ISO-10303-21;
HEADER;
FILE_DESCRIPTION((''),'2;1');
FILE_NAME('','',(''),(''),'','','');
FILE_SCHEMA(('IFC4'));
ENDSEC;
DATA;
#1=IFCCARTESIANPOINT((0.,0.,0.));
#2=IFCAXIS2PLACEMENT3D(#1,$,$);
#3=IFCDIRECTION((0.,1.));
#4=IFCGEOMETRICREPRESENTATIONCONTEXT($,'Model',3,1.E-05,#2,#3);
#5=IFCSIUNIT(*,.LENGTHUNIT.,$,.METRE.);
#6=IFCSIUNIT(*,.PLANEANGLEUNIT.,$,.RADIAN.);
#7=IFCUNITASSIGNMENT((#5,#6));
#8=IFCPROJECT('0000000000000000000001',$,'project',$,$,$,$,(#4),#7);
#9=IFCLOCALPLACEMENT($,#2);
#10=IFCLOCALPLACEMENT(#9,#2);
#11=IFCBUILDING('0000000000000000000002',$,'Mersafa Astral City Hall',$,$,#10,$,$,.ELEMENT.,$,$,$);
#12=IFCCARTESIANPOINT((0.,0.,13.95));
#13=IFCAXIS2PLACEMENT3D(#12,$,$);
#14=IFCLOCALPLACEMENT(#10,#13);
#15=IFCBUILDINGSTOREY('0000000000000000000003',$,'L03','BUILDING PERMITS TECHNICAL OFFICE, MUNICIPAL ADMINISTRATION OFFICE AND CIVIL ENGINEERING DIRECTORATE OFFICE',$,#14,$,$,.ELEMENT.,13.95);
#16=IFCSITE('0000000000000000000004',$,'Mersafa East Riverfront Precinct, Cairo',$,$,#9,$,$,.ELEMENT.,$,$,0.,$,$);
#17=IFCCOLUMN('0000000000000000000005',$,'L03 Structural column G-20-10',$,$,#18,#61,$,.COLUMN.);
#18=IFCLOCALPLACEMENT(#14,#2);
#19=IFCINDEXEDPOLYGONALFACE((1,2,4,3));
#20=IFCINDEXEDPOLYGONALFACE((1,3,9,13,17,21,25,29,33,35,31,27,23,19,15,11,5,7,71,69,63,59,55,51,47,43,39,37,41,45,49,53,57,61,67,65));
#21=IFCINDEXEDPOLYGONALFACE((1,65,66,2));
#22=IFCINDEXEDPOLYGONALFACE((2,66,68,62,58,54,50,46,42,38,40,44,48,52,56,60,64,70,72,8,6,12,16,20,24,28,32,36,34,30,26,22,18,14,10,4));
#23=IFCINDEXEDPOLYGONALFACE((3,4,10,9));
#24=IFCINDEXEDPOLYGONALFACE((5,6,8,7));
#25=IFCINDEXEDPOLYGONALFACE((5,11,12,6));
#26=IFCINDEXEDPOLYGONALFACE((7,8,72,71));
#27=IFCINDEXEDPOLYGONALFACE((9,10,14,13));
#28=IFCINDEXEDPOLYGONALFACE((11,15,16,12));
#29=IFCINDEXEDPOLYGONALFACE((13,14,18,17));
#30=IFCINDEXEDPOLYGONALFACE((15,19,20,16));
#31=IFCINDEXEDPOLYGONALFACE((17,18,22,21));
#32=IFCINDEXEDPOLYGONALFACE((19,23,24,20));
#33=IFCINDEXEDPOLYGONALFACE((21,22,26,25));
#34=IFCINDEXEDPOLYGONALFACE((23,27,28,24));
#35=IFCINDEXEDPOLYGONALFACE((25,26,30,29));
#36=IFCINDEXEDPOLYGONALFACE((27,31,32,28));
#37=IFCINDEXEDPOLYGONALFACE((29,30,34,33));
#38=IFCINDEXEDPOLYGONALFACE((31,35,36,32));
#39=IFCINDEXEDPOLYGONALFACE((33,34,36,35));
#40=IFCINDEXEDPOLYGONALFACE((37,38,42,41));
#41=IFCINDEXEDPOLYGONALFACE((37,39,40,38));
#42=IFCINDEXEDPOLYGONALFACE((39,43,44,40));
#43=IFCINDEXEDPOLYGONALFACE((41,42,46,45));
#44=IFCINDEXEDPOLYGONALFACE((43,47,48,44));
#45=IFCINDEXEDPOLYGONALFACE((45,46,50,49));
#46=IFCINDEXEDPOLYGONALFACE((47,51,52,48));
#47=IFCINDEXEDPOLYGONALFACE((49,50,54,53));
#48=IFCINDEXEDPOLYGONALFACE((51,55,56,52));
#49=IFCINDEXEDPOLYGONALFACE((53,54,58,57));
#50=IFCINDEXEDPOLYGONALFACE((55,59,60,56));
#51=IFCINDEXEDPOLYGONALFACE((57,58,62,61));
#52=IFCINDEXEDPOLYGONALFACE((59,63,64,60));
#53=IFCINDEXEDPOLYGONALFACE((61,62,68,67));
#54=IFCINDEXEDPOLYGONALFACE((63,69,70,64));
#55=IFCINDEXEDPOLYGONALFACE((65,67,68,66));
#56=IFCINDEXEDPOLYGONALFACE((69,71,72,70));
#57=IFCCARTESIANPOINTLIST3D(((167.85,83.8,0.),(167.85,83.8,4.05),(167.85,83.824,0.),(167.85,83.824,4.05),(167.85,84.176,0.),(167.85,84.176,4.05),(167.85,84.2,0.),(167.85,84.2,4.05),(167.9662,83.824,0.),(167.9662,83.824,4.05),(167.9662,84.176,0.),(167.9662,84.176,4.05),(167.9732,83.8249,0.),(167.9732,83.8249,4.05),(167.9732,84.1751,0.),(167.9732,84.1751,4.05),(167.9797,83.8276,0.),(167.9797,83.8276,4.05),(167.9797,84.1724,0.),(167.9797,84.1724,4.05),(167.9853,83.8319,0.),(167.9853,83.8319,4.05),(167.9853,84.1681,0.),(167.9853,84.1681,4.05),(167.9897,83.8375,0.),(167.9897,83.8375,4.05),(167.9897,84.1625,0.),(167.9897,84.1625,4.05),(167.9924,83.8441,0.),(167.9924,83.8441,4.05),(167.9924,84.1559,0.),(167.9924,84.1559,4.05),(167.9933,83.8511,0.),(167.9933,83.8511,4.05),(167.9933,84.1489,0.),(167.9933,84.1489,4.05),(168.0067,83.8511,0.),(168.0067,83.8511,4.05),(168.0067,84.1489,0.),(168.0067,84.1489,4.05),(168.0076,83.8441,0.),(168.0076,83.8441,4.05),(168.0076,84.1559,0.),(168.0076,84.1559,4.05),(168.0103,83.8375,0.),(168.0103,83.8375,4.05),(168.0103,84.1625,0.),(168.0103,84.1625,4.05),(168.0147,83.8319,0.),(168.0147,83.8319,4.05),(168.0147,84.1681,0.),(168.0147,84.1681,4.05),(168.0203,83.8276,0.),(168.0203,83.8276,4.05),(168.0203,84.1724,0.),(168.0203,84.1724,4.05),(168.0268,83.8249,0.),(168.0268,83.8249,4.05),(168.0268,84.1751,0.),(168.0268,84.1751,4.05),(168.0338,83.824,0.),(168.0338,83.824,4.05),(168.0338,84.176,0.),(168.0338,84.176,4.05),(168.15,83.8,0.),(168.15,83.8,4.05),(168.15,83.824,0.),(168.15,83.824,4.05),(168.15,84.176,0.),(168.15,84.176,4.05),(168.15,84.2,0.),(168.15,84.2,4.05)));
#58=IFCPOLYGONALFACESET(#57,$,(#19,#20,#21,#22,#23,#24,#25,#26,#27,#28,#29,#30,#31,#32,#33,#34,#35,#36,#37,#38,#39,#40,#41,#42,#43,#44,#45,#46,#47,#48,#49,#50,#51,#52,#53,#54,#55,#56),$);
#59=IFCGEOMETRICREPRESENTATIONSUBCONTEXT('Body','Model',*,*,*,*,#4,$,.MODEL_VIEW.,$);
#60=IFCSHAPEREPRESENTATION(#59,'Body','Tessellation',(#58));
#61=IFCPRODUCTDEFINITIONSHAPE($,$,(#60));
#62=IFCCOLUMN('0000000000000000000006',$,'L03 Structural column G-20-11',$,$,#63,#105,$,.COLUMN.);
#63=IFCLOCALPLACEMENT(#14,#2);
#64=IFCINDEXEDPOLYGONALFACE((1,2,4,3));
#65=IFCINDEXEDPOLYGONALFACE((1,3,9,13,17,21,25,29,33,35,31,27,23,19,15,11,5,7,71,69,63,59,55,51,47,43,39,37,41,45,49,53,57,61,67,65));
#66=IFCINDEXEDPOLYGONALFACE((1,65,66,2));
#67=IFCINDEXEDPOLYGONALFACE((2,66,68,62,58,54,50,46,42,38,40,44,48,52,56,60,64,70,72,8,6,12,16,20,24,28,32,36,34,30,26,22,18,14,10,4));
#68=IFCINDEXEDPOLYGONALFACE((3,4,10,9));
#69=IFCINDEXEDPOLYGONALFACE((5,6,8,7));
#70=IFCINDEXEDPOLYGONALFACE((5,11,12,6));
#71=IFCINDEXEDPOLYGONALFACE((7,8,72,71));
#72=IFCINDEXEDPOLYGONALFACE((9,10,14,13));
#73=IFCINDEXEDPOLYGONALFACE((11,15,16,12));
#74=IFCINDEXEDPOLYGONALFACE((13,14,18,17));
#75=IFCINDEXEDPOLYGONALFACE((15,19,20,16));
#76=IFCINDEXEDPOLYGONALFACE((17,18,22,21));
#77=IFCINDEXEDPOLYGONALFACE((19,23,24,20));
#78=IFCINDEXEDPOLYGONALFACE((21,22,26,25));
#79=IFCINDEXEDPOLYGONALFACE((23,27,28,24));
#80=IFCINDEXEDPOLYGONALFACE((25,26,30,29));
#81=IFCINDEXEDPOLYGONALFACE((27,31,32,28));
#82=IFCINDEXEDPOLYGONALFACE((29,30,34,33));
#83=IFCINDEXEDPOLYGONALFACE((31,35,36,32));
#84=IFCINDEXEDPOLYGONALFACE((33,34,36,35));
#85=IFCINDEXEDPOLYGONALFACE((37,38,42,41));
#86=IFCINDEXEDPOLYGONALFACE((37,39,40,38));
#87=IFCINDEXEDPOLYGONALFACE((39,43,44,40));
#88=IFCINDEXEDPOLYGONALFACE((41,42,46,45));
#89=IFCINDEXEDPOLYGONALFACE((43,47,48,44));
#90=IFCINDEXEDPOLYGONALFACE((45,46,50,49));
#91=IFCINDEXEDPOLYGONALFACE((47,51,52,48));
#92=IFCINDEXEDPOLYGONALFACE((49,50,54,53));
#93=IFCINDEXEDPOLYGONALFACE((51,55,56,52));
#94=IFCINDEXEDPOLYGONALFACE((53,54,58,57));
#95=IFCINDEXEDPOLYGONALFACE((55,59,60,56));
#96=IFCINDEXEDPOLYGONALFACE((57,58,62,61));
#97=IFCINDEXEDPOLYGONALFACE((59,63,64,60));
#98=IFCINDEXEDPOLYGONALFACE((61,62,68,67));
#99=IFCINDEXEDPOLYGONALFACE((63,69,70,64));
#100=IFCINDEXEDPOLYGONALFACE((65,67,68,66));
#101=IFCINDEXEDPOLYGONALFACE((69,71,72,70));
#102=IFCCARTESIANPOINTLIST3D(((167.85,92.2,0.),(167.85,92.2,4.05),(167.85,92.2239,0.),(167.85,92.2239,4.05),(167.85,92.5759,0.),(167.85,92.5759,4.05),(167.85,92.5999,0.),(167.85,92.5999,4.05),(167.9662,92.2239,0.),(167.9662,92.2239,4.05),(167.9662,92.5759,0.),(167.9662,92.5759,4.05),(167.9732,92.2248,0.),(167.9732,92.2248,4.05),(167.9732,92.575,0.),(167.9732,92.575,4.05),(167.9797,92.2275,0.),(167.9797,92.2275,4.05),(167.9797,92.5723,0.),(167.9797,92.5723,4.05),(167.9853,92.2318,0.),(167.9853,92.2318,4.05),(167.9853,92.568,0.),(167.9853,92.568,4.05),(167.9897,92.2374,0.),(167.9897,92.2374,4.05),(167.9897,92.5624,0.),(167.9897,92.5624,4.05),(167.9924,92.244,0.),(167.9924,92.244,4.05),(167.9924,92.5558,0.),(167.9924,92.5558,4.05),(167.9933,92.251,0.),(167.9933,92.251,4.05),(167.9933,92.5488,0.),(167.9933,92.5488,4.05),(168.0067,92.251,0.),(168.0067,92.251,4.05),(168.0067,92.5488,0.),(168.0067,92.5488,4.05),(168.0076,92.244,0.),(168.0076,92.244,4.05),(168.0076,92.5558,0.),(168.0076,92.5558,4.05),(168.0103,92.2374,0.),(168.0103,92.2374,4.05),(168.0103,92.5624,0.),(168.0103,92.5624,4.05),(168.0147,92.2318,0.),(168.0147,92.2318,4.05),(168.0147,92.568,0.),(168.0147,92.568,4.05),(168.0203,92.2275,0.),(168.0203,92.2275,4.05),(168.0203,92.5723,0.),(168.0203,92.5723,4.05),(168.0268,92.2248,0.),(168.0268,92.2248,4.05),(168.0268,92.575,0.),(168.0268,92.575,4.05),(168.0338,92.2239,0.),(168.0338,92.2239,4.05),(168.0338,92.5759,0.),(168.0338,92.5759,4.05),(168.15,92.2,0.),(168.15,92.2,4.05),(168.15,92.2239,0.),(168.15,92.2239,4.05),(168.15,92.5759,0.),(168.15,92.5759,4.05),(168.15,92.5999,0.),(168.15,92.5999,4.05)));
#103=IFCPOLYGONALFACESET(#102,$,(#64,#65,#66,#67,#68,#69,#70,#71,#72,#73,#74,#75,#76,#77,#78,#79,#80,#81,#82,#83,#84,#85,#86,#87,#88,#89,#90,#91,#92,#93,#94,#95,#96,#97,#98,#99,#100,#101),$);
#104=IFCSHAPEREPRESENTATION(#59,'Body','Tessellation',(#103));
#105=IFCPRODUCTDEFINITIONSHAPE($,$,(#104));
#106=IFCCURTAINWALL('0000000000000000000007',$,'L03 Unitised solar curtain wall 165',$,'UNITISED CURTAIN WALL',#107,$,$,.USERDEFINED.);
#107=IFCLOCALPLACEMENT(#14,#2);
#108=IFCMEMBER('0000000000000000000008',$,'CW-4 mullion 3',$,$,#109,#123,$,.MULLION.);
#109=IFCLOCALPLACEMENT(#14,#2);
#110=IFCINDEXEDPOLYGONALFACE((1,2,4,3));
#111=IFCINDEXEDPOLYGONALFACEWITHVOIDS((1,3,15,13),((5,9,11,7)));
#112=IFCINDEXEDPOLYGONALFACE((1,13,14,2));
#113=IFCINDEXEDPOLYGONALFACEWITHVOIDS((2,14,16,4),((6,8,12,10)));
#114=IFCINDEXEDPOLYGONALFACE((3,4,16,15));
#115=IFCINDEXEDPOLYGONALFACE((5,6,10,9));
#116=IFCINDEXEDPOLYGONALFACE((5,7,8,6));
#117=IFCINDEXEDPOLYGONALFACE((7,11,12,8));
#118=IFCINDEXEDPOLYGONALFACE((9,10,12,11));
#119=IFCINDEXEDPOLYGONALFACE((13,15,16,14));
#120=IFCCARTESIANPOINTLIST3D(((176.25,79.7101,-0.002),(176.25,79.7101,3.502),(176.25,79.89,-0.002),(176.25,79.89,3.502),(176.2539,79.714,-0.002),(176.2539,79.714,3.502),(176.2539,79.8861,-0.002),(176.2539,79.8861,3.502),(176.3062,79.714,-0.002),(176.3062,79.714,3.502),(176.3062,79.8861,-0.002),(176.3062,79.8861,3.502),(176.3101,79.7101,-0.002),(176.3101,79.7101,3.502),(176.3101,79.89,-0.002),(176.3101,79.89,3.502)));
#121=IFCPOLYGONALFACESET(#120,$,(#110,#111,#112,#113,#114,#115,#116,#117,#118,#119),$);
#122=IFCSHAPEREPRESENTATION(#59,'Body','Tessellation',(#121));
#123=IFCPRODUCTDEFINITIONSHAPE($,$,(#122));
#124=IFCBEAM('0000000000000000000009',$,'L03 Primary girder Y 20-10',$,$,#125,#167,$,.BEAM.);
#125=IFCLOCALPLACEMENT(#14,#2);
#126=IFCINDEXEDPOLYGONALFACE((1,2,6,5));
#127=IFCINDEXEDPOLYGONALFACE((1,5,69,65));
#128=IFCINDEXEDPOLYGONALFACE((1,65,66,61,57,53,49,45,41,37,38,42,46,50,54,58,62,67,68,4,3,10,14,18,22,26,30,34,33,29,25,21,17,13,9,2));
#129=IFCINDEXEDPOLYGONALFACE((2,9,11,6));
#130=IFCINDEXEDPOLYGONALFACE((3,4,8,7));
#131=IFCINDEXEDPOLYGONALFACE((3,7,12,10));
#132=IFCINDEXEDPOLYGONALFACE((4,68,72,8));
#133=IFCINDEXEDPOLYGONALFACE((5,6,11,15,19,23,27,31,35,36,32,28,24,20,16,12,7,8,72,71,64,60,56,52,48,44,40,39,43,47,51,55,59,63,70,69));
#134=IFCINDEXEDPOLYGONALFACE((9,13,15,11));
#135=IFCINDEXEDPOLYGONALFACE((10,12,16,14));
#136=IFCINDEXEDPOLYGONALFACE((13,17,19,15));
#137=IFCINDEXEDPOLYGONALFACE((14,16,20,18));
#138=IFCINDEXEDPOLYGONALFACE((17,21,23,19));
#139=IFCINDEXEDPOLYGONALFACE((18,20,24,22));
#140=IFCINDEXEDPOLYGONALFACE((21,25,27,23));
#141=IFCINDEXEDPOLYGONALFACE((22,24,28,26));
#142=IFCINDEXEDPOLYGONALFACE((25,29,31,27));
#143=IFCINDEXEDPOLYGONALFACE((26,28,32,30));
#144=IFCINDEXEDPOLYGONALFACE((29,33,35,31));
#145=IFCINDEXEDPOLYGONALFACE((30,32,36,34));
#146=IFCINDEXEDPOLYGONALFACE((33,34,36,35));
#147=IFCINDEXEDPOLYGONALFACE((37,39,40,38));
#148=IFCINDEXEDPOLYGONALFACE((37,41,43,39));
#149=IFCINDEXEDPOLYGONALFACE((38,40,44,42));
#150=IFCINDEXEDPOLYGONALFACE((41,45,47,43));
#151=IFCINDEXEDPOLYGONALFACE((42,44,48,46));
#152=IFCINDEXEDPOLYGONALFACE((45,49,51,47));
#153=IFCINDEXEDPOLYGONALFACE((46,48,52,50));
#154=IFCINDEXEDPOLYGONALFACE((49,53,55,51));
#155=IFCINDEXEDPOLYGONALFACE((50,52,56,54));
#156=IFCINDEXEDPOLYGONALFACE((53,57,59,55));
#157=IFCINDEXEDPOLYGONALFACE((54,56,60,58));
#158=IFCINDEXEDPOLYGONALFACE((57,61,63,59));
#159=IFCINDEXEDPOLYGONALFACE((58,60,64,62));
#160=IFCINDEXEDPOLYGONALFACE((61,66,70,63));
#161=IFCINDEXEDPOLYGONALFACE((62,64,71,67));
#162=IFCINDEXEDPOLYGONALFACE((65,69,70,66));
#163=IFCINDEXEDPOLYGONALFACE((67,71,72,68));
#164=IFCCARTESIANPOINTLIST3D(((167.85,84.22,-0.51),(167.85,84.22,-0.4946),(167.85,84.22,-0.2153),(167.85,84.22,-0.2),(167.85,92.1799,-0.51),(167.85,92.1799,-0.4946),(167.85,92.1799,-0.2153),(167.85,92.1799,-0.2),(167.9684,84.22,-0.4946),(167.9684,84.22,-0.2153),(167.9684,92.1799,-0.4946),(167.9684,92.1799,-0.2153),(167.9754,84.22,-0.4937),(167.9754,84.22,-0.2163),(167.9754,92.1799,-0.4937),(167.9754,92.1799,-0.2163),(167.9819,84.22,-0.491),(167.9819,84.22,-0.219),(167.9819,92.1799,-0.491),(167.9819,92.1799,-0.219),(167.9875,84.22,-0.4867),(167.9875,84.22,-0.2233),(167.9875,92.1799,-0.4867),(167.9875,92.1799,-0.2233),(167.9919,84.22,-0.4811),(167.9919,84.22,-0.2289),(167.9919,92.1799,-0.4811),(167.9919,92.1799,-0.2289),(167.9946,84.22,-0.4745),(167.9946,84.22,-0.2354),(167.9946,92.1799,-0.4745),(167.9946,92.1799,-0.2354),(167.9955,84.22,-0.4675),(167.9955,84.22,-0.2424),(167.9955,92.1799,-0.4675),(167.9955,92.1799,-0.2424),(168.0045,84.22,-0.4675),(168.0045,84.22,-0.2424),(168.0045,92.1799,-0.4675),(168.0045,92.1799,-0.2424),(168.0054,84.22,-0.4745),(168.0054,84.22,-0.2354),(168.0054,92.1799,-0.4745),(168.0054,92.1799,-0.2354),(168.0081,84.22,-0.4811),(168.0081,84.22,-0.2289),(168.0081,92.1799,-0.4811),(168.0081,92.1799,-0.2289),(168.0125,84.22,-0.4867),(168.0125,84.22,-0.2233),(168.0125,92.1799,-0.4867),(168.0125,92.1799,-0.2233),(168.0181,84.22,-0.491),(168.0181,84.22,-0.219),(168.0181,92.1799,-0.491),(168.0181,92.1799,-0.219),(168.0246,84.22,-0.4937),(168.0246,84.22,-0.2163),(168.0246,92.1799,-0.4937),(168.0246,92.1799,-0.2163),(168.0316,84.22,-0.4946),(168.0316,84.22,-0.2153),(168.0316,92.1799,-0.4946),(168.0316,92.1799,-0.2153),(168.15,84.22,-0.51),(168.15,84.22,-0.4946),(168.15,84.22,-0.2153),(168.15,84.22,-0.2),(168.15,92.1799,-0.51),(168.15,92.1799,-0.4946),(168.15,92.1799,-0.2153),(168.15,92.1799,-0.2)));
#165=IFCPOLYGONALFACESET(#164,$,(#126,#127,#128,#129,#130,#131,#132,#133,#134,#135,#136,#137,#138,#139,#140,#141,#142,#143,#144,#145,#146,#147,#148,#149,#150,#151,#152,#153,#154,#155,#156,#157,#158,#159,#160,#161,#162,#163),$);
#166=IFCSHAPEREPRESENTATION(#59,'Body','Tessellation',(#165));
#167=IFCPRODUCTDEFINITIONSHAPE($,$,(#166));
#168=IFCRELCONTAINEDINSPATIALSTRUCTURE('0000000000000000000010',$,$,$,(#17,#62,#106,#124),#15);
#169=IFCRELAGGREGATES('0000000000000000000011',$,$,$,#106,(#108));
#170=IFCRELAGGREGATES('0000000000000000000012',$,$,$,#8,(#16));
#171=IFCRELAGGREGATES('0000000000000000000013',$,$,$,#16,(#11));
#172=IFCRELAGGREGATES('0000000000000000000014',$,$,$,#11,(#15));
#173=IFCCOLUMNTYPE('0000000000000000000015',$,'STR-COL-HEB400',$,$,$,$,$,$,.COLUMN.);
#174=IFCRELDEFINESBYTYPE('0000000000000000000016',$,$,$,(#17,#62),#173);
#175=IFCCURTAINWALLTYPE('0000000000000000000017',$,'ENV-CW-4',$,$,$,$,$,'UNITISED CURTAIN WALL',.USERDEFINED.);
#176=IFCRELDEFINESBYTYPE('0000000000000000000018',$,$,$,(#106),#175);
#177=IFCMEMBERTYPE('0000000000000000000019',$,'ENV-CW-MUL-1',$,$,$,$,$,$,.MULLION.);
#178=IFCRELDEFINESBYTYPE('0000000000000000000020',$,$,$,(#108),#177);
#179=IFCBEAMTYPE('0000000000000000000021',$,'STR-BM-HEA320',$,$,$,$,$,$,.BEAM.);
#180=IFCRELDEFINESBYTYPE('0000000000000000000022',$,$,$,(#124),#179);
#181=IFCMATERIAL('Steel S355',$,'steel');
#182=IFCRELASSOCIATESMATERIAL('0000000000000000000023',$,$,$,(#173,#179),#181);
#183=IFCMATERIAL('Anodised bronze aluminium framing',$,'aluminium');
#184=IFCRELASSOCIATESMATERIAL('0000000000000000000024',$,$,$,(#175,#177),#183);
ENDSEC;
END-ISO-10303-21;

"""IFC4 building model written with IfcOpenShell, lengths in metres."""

from ifc_helpers import new_model, si_unit, direction, frame, origin, origin_2d, place, context, subcontext, project, spatial, hollow_rectangle, i_section, extrude, material, material_profile, profile_set, type_object, element, aggregate, save


model = new_model("IFC4")

# Units and contexts
model_context = context("Model", 3, precision=1e-05, world=origin(), true_north=direction((0.0, 1.0)))
body_context = subcontext(model_context, "Body", "Model", "MODEL_VIEW")
ifc_project = project(units=[si_unit("LENGTHUNIT", "METRE"), si_unit("PLANEANGLEUNIT", "RADIAN")], contexts=[model_context])

# Site, building, storey
site_placement = place(None, origin())
site = spatial("IfcSite", under=ifc_project, at=site_placement, Name="Mersafa East Riverfront Precinct, Cairo", CompositionType="ELEMENT", RefElevation=0.0)
building_placement = place(site_placement, origin())
building = spatial("IfcBuilding", under=site, at=building_placement, Name="Mersafa Astral City Hall", CompositionType="ELEMENT")
storey_placement = place(building_placement, frame((0.0, 0.0, 13.95)))
storey = spatial("IfcBuildingStorey", under=building, at=storey_placement, Name="L03", Description="BUILDING PERMITS TECHNICAL OFFICE, MUNICIPAL ADMINISTRATION OFFICE AND CIVIL ENGINEERING DIRECTORATE OFFICE", CompositionType="ELEMENT", Elevation=13.95)

# Columns
ifc_material_1 = material(Name="Steel S355", Category="steel")
ifc_material_profile_1 = material_profile(ifc_material_1, i_section(OverallWidth=0.3, OverallDepth=0.3999, WebThickness=0.0134, FlangeThickness=0.0239, FilletRadius=0.0271, at=origin_2d()), Name="HEB 400")
ifc_profile_set_1 = profile_set([ifc_material_profile_1], Name="Steel S355")
column_type = type_object("IfcColumnType", Name="STR-COL-HEB400", PredefinedType="COLUMN", material=ifc_profile_set_1)
for number, where, z_axis, x_axis, name in (
    (1, (168.0, 84.0, 0.0), (0.0, 0.0, 1.0), (1.0, 0.0, 0.0), "L03 Structural column G-20-10"),
    (2, (168.0, 92.3999, 0.0), (0.0, 0.0, 1.0), (1.0, 0.0, 0.0), "L03 Structural column G-20-11"),
):
    element("IfcColumn", number, at=place(storey_placement, frame(where, z_axis=z_axis, x_axis=x_axis)), inside=storey, type_object=column_type, Name=name, PredefinedType="COLUMN", context=body_context, shape_type="SweptSolid", body=[
        extrude(i_section(OverallWidth=0.3, OverallDepth=0.3999, WebThickness=0.0134, FlangeThickness=0.0239, FilletRadius=0.0271, at=origin_2d()), origin(), (0.0, 0.0, 1.0), 4.05),
    ])

# Curtain wall, member
ifc_material_2 = material(Name="Anodised bronze aluminium framing", Category="aluminium")
curtain_wall_type = type_object("IfcCurtainWallType", Name="ENV-CW-4", ElementType="UNITISED CURTAIN WALL", PredefinedType="USERDEFINED", material=ifc_material_2)
curtain_wall_placement = place(storey_placement, origin())
curtain_wall = element("IfcCurtainWall", 3, at=curtain_wall_placement, inside=storey, type_object=curtain_wall_type, Name="L03 Unitised solar curtain wall 165", ObjectType="UNITISED CURTAIN WALL", PredefinedType="USERDEFINED")
ifc_material_profile_2 = material_profile(ifc_material_2, hollow_rectangle(XDim=0.0601, YDim=0.1799, WallThickness=0.0039, at=origin_2d()), Name="RHS 60x180x4")
ifc_profile_set_2 = profile_set([ifc_material_profile_2], Name="Anodised bronze aluminium framing")
member_type = type_object("IfcMemberType", Name="ENV-CW-MUL-1", PredefinedType="MULLION", material=ifc_profile_set_2)
member_placement = place(storey_placement, frame((176.28, 79.8, -0.002), z_axis=(0.0, 0.0, 1.0), x_axis=(-1.0, 0.0, 0.0)))
member = element("IfcMember", 4, at=member_placement, type_object=member_type, Name="CW-4 mullion 3", PredefinedType="MULLION", context=body_context, shape_type="SweptSolid", body=[
    extrude(hollow_rectangle(XDim=0.0601, YDim=0.1799, WallThickness=0.0039, at=origin_2d()), origin(), (0.0, 0.0, 1.0), 3.5039),
])

# Beam
ifc_material_profile_3 = material_profile(ifc_material_1, i_section(OverallWidth=0.3, OverallDepth=0.3101, WebThickness=0.009, FlangeThickness=0.0154, FilletRadius=0.0271, at=origin_2d()), Name="HEA 320")
ifc_profile_set_3 = profile_set([ifc_material_profile_3], Name="Steel S355")
beam_type_1 = type_object("IfcBeamType", Name="STR-BM-HEA320", PredefinedType="BEAM", material=ifc_profile_set_3)
beam_1_placement = place(storey_placement, frame((168.0, 84.22, -0.355), z_axis=(0.0, 1.0, 0.0), x_axis=(-1.0, 0.0, 0.0)))
element("IfcBeam", 5, at=beam_1_placement, inside=storey, type_object=beam_type_1, Name="L03 Primary girder Y 20-10", PredefinedType="BEAM", context=body_context, shape_type="SweptSolid", body=[
    extrude(i_section(OverallWidth=0.3, OverallDepth=0.3101, WebThickness=0.009, FlangeThickness=0.0154, FilletRadius=0.0271, at=origin_2d()), origin(), (0.0, 0.0, 1.0), 7.96),
])

aggregate(curtain_wall, [member])

save(model, "model.ifc")
